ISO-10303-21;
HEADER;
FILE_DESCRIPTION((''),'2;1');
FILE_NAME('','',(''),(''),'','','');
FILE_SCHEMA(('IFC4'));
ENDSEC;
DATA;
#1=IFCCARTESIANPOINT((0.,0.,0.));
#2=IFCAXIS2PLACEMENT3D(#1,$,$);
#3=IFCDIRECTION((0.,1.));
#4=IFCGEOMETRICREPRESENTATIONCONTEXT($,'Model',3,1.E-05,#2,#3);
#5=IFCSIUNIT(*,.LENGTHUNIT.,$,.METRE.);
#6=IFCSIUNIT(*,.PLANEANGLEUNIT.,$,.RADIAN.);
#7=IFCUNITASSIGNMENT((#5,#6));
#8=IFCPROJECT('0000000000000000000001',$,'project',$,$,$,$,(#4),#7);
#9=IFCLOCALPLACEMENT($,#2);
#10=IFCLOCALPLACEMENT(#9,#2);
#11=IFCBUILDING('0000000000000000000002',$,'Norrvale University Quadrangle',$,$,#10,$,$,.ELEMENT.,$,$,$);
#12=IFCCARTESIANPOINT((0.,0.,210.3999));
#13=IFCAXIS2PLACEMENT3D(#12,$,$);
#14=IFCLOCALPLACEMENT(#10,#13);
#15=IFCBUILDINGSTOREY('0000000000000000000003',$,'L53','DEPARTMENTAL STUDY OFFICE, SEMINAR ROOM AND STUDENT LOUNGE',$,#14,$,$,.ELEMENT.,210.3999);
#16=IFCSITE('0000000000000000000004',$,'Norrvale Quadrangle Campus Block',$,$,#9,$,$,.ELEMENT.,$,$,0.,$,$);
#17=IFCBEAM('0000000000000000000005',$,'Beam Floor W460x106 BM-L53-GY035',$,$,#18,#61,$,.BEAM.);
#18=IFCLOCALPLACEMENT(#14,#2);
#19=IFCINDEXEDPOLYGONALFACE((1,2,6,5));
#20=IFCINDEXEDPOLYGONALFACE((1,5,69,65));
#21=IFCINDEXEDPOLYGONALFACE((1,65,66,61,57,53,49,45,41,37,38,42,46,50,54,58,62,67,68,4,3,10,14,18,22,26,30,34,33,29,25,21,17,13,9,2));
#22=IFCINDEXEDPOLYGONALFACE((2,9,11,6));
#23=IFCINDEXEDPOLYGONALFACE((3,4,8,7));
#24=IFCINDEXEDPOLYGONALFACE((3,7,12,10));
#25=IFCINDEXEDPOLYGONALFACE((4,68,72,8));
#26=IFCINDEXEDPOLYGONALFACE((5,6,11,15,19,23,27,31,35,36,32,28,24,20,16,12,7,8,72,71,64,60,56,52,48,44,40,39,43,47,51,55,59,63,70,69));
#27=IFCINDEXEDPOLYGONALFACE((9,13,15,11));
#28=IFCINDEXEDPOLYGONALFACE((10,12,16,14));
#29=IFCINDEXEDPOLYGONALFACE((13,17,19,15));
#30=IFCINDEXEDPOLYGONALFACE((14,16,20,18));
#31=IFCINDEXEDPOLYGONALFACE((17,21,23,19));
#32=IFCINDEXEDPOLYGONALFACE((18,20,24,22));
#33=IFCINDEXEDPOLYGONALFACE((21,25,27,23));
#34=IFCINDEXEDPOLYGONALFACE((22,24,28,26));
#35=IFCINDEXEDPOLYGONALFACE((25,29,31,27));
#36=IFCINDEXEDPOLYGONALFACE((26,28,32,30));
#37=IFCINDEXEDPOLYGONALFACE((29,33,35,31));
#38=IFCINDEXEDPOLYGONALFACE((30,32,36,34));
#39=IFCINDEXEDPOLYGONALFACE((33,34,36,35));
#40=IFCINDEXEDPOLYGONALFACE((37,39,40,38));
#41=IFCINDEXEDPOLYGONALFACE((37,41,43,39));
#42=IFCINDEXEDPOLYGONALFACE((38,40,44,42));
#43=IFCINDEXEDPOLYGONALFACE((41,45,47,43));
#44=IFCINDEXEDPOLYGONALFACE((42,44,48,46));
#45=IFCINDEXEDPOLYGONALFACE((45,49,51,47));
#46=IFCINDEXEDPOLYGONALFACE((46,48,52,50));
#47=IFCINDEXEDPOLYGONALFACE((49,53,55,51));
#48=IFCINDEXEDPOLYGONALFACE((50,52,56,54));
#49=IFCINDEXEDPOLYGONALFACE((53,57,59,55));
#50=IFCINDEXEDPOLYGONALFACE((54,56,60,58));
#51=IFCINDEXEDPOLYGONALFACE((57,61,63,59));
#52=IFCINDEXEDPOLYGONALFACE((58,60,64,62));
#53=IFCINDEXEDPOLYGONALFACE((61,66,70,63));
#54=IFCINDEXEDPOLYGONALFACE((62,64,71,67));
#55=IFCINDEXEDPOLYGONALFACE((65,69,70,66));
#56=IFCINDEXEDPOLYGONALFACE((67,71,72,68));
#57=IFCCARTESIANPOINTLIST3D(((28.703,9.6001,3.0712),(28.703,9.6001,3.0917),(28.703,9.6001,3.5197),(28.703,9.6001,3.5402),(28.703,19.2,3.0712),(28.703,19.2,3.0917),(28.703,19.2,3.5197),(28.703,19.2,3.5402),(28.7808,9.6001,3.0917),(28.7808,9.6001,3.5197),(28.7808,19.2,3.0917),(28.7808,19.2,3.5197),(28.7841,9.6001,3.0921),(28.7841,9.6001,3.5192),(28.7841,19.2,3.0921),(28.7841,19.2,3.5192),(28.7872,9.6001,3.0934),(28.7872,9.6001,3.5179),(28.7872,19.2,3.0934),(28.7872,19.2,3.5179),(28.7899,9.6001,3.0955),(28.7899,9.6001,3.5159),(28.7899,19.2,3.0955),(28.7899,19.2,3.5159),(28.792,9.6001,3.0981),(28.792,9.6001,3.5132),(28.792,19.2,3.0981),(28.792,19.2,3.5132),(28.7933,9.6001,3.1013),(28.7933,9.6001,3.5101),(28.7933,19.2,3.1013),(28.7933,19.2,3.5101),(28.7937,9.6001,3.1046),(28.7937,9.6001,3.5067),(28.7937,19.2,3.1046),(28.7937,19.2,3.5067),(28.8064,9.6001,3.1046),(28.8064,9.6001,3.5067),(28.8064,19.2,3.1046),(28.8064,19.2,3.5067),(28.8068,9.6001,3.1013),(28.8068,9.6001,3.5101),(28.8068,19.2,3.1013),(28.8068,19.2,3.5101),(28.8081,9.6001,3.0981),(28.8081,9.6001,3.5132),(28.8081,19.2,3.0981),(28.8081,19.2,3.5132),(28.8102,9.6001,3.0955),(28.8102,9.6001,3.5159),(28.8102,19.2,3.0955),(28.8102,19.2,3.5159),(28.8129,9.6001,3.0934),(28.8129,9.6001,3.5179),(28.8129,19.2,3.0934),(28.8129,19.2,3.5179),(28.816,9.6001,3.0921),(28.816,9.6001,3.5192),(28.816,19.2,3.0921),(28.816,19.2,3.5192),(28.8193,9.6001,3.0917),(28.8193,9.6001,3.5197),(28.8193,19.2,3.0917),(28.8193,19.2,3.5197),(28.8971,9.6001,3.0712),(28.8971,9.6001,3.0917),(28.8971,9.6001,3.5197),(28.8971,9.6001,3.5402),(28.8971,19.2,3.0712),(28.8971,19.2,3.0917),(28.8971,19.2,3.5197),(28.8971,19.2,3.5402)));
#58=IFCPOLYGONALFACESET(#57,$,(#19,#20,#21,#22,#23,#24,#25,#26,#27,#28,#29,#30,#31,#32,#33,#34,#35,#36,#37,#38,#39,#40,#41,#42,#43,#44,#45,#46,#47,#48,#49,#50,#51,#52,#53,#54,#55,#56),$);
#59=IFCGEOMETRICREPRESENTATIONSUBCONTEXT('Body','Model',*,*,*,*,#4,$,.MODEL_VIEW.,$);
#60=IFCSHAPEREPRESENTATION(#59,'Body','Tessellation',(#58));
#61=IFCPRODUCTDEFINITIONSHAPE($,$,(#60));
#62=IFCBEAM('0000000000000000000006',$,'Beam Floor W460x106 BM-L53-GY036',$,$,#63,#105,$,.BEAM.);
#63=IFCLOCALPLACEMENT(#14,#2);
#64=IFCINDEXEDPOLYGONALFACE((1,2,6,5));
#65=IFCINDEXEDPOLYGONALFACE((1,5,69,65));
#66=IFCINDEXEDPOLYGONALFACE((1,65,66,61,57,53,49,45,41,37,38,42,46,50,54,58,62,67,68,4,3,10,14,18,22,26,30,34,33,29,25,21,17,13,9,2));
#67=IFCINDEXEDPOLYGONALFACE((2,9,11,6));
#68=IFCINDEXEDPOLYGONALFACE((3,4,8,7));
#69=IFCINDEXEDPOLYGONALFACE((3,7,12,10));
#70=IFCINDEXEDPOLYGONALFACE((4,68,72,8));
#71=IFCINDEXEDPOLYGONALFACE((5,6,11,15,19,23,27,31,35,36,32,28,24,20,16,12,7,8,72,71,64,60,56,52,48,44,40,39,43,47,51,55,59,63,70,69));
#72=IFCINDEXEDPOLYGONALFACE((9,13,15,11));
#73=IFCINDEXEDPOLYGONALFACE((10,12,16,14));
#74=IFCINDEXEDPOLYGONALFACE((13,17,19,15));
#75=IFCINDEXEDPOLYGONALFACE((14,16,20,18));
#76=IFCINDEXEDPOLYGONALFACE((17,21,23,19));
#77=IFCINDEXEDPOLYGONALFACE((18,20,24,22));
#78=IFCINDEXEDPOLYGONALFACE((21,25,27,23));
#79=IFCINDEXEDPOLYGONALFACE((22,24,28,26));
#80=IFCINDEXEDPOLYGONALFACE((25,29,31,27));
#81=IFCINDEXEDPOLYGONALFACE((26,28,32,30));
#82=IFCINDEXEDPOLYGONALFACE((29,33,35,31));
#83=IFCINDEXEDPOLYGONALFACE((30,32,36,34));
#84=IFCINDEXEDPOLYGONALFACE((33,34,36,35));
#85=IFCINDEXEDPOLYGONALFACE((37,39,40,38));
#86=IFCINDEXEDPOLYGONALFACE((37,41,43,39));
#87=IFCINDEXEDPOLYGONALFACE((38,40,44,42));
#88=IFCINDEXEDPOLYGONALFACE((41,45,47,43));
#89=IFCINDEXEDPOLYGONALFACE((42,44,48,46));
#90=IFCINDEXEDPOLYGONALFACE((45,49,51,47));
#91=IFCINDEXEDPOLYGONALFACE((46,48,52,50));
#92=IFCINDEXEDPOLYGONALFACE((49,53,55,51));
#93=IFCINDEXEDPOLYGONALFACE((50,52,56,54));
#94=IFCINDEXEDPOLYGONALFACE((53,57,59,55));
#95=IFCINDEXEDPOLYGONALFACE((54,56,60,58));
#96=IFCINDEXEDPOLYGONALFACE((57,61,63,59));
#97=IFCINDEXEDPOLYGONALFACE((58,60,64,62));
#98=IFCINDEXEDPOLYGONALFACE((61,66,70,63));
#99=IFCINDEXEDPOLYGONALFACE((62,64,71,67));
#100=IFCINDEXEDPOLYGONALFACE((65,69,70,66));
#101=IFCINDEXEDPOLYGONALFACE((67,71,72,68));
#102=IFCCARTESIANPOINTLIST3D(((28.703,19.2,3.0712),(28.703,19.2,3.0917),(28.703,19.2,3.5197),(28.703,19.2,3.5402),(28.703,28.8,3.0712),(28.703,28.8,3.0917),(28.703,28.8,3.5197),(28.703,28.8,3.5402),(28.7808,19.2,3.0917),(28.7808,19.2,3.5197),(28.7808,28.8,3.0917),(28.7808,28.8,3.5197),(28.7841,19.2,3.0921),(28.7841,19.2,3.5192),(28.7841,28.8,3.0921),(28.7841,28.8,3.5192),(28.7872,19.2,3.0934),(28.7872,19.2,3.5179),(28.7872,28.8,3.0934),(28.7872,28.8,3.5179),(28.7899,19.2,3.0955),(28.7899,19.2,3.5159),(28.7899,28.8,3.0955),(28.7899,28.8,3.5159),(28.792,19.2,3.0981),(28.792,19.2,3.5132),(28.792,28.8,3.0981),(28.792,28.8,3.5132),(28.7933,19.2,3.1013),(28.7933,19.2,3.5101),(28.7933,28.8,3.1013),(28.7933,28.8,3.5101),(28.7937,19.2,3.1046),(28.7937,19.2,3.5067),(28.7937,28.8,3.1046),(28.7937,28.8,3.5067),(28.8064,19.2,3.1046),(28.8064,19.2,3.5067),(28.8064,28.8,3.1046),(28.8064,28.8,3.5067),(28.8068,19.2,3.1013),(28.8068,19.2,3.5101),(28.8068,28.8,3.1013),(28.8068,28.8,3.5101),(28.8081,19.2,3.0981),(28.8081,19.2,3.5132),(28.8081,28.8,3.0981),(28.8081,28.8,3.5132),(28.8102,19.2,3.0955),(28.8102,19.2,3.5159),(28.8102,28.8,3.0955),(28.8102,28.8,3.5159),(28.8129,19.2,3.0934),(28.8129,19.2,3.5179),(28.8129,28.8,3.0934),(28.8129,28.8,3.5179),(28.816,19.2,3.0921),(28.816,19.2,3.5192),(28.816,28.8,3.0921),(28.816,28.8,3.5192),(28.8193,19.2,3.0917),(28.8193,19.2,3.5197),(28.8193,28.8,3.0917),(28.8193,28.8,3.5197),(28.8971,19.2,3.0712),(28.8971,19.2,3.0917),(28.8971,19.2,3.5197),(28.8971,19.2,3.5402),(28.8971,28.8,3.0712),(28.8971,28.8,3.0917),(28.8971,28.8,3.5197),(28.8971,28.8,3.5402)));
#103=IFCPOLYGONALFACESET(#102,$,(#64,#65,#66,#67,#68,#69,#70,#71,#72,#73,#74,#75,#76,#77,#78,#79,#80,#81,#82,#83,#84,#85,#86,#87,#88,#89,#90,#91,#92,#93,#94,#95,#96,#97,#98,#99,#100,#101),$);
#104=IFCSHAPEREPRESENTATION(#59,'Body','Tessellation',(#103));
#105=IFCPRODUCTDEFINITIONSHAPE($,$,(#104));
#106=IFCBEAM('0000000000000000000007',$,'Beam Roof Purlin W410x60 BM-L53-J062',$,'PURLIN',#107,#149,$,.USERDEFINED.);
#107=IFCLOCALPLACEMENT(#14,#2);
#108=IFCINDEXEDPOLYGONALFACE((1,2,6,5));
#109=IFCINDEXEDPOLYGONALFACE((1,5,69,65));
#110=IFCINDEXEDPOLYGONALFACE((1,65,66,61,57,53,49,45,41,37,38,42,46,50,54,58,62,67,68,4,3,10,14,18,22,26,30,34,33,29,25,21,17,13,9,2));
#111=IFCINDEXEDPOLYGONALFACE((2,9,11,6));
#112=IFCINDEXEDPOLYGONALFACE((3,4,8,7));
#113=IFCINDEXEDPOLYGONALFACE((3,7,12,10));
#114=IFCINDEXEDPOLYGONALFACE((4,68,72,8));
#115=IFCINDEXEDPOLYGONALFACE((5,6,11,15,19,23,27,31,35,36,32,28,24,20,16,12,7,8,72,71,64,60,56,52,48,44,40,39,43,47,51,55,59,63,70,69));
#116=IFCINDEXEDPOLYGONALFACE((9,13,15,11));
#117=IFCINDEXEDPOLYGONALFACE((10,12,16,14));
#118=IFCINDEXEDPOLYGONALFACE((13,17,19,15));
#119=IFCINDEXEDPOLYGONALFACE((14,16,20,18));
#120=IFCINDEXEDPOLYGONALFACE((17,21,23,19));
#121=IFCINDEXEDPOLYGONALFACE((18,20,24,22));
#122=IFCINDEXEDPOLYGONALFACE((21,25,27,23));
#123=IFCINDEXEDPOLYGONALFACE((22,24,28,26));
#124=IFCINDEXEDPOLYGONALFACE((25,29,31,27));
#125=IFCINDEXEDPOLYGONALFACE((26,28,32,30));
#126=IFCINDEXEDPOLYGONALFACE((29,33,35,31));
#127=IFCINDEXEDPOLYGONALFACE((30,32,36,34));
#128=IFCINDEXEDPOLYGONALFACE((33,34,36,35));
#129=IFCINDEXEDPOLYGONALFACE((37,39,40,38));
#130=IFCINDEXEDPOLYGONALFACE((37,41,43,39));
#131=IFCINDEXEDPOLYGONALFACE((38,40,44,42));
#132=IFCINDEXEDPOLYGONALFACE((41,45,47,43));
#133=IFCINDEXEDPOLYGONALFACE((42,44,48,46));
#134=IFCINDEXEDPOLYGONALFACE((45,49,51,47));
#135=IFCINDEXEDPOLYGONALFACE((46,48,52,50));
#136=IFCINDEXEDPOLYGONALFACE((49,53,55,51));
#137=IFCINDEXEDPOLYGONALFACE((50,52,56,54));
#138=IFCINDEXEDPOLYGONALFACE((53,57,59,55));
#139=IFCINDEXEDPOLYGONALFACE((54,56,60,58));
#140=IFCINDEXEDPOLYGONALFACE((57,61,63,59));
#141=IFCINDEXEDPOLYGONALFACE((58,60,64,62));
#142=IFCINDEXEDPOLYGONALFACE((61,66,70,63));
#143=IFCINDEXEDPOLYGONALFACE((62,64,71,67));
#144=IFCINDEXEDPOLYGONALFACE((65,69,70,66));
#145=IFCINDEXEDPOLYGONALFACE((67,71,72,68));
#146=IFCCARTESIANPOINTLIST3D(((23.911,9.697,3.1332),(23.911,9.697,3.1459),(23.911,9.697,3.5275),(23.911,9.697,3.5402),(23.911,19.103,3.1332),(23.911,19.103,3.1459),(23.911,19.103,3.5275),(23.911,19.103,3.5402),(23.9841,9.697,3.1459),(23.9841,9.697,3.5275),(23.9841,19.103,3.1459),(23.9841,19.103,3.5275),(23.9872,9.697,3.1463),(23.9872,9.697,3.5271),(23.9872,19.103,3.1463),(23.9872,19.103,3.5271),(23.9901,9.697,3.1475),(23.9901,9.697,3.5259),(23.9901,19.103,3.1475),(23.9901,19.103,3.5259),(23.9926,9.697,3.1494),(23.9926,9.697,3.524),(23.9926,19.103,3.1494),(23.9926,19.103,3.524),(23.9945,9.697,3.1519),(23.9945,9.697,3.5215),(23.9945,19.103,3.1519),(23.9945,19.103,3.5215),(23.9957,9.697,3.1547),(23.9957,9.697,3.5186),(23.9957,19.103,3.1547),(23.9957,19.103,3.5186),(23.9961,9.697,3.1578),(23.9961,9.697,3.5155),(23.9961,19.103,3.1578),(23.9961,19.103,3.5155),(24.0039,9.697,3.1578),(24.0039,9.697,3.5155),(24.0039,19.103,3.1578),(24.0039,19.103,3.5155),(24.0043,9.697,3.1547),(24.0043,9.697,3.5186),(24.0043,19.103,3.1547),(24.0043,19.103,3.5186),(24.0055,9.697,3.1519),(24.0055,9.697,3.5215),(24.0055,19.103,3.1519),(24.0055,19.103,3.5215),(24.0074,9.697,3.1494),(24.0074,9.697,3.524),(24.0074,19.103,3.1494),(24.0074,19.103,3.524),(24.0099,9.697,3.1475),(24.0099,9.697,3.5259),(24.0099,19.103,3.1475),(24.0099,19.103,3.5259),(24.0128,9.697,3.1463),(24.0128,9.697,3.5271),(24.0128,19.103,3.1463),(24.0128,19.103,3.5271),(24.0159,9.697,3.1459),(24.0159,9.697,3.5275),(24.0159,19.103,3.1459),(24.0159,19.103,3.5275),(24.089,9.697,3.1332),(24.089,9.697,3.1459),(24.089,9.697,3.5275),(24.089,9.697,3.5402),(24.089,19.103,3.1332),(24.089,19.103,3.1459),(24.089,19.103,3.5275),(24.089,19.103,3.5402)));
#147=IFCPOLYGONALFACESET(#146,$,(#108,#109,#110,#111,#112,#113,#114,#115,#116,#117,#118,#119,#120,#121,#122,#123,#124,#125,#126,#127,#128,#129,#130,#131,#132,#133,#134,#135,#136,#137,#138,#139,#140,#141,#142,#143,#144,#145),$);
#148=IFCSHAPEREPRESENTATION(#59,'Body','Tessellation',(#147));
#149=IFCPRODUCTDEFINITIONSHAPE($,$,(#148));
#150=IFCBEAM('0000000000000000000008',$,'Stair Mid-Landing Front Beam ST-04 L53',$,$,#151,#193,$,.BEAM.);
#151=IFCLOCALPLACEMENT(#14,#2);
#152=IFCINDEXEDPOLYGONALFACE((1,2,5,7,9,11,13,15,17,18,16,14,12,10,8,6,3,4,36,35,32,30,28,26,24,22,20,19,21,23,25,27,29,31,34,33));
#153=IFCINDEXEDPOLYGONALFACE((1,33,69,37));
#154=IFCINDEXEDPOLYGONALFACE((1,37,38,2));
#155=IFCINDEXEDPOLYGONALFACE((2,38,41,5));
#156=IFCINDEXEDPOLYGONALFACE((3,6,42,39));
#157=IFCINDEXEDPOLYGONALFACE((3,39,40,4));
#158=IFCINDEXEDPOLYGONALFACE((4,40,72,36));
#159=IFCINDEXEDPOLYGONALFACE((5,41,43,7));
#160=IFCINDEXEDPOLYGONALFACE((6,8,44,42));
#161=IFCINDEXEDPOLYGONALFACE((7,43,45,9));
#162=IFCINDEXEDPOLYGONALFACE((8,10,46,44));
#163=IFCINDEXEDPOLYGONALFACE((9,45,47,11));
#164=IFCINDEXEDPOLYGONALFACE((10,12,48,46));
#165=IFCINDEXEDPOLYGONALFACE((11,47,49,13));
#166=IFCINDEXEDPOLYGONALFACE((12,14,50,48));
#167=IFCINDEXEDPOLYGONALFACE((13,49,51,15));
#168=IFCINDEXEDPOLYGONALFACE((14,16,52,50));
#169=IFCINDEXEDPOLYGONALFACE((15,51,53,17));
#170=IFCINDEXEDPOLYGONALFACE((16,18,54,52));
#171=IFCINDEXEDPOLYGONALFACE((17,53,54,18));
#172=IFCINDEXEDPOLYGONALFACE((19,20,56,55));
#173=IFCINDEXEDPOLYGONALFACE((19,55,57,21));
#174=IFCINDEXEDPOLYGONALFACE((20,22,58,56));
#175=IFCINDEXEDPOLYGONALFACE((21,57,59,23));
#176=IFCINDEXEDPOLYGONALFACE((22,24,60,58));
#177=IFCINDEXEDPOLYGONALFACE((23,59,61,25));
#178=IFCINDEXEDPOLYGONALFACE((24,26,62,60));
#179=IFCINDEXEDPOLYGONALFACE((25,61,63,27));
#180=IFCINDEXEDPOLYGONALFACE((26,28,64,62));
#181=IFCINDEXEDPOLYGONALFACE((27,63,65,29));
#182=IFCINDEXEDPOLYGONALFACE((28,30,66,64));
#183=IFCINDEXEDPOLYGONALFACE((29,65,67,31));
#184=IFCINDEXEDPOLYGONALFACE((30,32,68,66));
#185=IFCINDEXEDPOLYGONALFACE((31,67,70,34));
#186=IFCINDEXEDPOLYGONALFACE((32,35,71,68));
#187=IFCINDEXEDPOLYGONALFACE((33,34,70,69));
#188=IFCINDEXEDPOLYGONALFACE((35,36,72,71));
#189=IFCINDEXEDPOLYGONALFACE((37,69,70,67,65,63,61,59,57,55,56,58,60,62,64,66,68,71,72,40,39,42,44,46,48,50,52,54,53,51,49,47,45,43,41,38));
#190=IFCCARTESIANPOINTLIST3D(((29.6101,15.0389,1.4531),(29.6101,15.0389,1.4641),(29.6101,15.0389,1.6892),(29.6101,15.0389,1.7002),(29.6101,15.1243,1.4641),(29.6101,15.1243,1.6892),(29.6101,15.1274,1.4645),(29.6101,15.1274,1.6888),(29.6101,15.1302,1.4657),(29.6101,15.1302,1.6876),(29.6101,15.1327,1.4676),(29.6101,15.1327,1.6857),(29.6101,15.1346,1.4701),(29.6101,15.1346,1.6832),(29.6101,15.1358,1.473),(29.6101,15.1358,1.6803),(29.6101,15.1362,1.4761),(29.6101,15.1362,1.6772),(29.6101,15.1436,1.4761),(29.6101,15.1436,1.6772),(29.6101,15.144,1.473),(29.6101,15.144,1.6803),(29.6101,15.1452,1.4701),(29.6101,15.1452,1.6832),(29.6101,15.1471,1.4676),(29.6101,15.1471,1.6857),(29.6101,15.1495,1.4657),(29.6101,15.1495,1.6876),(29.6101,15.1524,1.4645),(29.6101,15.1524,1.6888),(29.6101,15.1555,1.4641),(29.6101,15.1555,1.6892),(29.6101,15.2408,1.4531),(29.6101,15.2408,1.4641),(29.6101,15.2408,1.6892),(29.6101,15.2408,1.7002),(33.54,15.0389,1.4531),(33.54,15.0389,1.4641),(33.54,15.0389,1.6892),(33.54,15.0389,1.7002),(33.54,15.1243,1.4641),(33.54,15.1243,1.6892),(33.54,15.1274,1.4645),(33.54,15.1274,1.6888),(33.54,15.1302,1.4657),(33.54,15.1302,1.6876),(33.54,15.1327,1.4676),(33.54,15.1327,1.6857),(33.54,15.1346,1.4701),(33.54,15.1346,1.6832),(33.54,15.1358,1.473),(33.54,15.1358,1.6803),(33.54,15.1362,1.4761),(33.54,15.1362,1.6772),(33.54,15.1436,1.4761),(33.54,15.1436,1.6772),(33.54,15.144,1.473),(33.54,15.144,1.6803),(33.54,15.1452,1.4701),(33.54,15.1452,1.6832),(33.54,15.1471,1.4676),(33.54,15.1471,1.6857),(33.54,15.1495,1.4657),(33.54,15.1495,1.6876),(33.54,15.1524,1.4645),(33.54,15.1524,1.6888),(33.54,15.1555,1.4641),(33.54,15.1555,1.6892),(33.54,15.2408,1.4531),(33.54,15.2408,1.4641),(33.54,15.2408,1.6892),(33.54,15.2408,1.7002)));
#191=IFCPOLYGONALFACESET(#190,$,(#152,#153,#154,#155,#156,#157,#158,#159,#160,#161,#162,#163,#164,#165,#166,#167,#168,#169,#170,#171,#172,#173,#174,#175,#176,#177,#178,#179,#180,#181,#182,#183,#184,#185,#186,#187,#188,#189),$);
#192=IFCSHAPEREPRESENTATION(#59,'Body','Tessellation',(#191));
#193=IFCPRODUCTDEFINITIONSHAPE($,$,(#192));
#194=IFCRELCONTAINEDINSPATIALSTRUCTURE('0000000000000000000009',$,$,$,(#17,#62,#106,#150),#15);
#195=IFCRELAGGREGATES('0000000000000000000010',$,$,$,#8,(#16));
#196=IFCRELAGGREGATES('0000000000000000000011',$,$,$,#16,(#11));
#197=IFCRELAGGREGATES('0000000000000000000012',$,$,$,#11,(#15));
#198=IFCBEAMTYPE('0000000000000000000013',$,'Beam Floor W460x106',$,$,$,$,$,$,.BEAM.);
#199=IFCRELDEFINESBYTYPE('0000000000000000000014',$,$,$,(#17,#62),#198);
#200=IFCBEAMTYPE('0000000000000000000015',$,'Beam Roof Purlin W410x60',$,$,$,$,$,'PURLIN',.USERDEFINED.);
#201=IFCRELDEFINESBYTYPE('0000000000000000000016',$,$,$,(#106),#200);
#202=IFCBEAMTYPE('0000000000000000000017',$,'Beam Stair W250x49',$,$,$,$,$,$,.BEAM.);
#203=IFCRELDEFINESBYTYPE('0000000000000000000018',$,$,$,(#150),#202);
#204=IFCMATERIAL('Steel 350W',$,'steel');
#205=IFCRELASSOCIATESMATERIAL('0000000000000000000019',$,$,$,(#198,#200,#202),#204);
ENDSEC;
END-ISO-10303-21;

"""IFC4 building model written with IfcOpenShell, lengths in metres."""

from ifc_helpers import new_model, si_unit, direction, frame, origin, origin_2d, place, context, subcontext, project, spatial, i_section, extrude, material, material_profile, profile_set, type_object, element, save


model = new_model("IFC4")

# Units and contexts
model_context = context("Model", 3, precision=1e-05, world=origin(), true_north=direction((0.0, 1.0)))
body_context = subcontext(model_context, "Body", "Model", "MODEL_VIEW")
ifc_project = project(units=[si_unit("LENGTHUNIT", "METRE"), si_unit("PLANEANGLEUNIT", "RADIAN")], contexts=[model_context])

# Site, building, storey
site_placement = place(None, origin())
site = spatial("IfcSite", under=ifc_project, at=site_placement, Name="Norrvale Quadrangle Campus Block", CompositionType="ELEMENT", RefElevation=0.0)
building_placement = place(site_placement, origin())
building = spatial("IfcBuilding", under=site, at=building_placement, Name="Norrvale University Quadrangle", CompositionType="ELEMENT")
storey_placement = place(building_placement, frame((0.0, 0.0, 210.3999)))
storey = spatial("IfcBuildingStorey", under=building, at=storey_placement, Name="L53", Description="DEPARTMENTAL STUDY OFFICE, SEMINAR ROOM AND STUDENT LOUNGE", CompositionType="ELEMENT", Elevation=210.3999)

# Beams
ifc_material_1 = material(Name="Steel 350W", Category="steel")
ifc_material_profile_1 = material_profile(ifc_material_1, i_section(OverallWidth=0.1941, OverallDepth=0.469, WebThickness=0.0127, FlangeThickness=0.0205, FilletRadius=0.0129, at=origin_2d()), Name="Steel 350W")
ifc_profile_set_1 = profile_set([ifc_material_profile_1], Name="Steel 350W")
beam_type_1 = type_object("IfcBeamType", Name="Beam Floor W460x106", PredefinedType="BEAM", material=ifc_profile_set_1)
beam_1_placement = place(storey_placement, frame((28.8, 9.6001, 3.3057), z_axis=(0.0, 1.0, 0.0), x_axis=(-1.0, 0.0, 0.0)))
element("IfcBeam", 1, at=beam_1_placement, inside=storey, type_object=beam_type_1, Name="Beam Floor W460x106 BM-L53-GY035", PredefinedType="BEAM", context=body_context, shape_type="SweptSolid", body=[
    extrude(i_section(OverallWidth=0.1941, OverallDepth=0.469, WebThickness=0.0127, FlangeThickness=0.0205, FilletRadius=0.0129, at=origin_2d()), origin(), (0.0, 0.0, 1.0), 9.5999),
])
beam_2_placement = place(storey_placement, frame((28.8, 19.2, 3.3057), z_axis=(0.0, 1.0, 0.0), x_axis=(-1.0, 0.0, 0.0)))
element("IfcBeam", 2, at=beam_2_placement, inside=storey, type_object=beam_type_1, Name="Beam Floor W460x106 BM-L53-GY036", PredefinedType="BEAM", context=body_context, shape_type="SweptSolid", body=[
    extrude(i_section(OverallWidth=0.1941, OverallDepth=0.469, WebThickness=0.0127, FlangeThickness=0.0205, FilletRadius=0.0129, at=origin_2d()), origin(), (0.0, 0.0, 1.0), 9.6001),
])
ifc_material_profile_2 = material_profile(ifc_material_1, i_section(OverallWidth=0.178, OverallDepth=0.407, WebThickness=0.0078, FlangeThickness=0.0127, FilletRadius=0.012, at=origin_2d()), Name="Steel 350W")
ifc_profile_set_2 = profile_set([ifc_material_profile_2], Name="Steel 350W")
beam_type_2 = type_object("IfcBeamType", Name="Beam Roof Purlin W410x60", ElementType="PURLIN", PredefinedType="USERDEFINED", material=ifc_profile_set_2)
beam_3_placement = place(storey_placement, frame((24.0, 9.697, 3.3367), z_axis=(0.0, 1.0, 0.0), x_axis=(-1.0, 0.0, 0.0)))
element("IfcBeam", 3, at=beam_3_placement, inside=storey, type_object=beam_type_2, Name="Beam Roof Purlin W410x60 BM-L53-J062", ObjectType="PURLIN", PredefinedType="USERDEFINED", context=body_context, shape_type="SweptSolid", body=[
    extrude(i_section(OverallWidth=0.178, OverallDepth=0.407, WebThickness=0.0078, FlangeThickness=0.0127, FilletRadius=0.012, at=origin_2d()), origin(), (0.0, 0.0, 1.0), 9.406),
])
ifc_material_profile_3 = material_profile(ifc_material_1, i_section(OverallWidth=0.2019, OverallDepth=0.2471, WebThickness=0.0073, FlangeThickness=0.011, FilletRadius=0.012, at=origin_2d()), Name="Steel 350W")
ifc_profile_set_3 = profile_set([ifc_material_profile_3], Name="Steel 350W")
beam_type_3 = type_object("IfcBeamType", Name="Beam Stair W250x49", PredefinedType="BEAM", material=ifc_profile_set_3)
for number, where, z_axis, x_axis, name in (
    (4, (29.6101, 15.1399, 1.5767), (1.0, 0.0, 0.0), (0.0, 1.0, 0.0), "Stair Mid-Landing Front Beam ST-04 L53"),
):
    element("IfcBeam", number, at=place(storey_placement, frame(where, z_axis=z_axis, x_axis=x_axis)), inside=storey, type_object=beam_type_3, Name=name, PredefinedType="BEAM", context=body_context, shape_type="SweptSolid", body=[
        extrude(i_section(OverallWidth=0.2019, OverallDepth=0.2471, WebThickness=0.0073, FlangeThickness=0.011, FilletRadius=0.012, at=origin_2d()), origin(), (0.0, 0.0, 1.0), 3.9299),
    ])

save(model, "model.ifc")
